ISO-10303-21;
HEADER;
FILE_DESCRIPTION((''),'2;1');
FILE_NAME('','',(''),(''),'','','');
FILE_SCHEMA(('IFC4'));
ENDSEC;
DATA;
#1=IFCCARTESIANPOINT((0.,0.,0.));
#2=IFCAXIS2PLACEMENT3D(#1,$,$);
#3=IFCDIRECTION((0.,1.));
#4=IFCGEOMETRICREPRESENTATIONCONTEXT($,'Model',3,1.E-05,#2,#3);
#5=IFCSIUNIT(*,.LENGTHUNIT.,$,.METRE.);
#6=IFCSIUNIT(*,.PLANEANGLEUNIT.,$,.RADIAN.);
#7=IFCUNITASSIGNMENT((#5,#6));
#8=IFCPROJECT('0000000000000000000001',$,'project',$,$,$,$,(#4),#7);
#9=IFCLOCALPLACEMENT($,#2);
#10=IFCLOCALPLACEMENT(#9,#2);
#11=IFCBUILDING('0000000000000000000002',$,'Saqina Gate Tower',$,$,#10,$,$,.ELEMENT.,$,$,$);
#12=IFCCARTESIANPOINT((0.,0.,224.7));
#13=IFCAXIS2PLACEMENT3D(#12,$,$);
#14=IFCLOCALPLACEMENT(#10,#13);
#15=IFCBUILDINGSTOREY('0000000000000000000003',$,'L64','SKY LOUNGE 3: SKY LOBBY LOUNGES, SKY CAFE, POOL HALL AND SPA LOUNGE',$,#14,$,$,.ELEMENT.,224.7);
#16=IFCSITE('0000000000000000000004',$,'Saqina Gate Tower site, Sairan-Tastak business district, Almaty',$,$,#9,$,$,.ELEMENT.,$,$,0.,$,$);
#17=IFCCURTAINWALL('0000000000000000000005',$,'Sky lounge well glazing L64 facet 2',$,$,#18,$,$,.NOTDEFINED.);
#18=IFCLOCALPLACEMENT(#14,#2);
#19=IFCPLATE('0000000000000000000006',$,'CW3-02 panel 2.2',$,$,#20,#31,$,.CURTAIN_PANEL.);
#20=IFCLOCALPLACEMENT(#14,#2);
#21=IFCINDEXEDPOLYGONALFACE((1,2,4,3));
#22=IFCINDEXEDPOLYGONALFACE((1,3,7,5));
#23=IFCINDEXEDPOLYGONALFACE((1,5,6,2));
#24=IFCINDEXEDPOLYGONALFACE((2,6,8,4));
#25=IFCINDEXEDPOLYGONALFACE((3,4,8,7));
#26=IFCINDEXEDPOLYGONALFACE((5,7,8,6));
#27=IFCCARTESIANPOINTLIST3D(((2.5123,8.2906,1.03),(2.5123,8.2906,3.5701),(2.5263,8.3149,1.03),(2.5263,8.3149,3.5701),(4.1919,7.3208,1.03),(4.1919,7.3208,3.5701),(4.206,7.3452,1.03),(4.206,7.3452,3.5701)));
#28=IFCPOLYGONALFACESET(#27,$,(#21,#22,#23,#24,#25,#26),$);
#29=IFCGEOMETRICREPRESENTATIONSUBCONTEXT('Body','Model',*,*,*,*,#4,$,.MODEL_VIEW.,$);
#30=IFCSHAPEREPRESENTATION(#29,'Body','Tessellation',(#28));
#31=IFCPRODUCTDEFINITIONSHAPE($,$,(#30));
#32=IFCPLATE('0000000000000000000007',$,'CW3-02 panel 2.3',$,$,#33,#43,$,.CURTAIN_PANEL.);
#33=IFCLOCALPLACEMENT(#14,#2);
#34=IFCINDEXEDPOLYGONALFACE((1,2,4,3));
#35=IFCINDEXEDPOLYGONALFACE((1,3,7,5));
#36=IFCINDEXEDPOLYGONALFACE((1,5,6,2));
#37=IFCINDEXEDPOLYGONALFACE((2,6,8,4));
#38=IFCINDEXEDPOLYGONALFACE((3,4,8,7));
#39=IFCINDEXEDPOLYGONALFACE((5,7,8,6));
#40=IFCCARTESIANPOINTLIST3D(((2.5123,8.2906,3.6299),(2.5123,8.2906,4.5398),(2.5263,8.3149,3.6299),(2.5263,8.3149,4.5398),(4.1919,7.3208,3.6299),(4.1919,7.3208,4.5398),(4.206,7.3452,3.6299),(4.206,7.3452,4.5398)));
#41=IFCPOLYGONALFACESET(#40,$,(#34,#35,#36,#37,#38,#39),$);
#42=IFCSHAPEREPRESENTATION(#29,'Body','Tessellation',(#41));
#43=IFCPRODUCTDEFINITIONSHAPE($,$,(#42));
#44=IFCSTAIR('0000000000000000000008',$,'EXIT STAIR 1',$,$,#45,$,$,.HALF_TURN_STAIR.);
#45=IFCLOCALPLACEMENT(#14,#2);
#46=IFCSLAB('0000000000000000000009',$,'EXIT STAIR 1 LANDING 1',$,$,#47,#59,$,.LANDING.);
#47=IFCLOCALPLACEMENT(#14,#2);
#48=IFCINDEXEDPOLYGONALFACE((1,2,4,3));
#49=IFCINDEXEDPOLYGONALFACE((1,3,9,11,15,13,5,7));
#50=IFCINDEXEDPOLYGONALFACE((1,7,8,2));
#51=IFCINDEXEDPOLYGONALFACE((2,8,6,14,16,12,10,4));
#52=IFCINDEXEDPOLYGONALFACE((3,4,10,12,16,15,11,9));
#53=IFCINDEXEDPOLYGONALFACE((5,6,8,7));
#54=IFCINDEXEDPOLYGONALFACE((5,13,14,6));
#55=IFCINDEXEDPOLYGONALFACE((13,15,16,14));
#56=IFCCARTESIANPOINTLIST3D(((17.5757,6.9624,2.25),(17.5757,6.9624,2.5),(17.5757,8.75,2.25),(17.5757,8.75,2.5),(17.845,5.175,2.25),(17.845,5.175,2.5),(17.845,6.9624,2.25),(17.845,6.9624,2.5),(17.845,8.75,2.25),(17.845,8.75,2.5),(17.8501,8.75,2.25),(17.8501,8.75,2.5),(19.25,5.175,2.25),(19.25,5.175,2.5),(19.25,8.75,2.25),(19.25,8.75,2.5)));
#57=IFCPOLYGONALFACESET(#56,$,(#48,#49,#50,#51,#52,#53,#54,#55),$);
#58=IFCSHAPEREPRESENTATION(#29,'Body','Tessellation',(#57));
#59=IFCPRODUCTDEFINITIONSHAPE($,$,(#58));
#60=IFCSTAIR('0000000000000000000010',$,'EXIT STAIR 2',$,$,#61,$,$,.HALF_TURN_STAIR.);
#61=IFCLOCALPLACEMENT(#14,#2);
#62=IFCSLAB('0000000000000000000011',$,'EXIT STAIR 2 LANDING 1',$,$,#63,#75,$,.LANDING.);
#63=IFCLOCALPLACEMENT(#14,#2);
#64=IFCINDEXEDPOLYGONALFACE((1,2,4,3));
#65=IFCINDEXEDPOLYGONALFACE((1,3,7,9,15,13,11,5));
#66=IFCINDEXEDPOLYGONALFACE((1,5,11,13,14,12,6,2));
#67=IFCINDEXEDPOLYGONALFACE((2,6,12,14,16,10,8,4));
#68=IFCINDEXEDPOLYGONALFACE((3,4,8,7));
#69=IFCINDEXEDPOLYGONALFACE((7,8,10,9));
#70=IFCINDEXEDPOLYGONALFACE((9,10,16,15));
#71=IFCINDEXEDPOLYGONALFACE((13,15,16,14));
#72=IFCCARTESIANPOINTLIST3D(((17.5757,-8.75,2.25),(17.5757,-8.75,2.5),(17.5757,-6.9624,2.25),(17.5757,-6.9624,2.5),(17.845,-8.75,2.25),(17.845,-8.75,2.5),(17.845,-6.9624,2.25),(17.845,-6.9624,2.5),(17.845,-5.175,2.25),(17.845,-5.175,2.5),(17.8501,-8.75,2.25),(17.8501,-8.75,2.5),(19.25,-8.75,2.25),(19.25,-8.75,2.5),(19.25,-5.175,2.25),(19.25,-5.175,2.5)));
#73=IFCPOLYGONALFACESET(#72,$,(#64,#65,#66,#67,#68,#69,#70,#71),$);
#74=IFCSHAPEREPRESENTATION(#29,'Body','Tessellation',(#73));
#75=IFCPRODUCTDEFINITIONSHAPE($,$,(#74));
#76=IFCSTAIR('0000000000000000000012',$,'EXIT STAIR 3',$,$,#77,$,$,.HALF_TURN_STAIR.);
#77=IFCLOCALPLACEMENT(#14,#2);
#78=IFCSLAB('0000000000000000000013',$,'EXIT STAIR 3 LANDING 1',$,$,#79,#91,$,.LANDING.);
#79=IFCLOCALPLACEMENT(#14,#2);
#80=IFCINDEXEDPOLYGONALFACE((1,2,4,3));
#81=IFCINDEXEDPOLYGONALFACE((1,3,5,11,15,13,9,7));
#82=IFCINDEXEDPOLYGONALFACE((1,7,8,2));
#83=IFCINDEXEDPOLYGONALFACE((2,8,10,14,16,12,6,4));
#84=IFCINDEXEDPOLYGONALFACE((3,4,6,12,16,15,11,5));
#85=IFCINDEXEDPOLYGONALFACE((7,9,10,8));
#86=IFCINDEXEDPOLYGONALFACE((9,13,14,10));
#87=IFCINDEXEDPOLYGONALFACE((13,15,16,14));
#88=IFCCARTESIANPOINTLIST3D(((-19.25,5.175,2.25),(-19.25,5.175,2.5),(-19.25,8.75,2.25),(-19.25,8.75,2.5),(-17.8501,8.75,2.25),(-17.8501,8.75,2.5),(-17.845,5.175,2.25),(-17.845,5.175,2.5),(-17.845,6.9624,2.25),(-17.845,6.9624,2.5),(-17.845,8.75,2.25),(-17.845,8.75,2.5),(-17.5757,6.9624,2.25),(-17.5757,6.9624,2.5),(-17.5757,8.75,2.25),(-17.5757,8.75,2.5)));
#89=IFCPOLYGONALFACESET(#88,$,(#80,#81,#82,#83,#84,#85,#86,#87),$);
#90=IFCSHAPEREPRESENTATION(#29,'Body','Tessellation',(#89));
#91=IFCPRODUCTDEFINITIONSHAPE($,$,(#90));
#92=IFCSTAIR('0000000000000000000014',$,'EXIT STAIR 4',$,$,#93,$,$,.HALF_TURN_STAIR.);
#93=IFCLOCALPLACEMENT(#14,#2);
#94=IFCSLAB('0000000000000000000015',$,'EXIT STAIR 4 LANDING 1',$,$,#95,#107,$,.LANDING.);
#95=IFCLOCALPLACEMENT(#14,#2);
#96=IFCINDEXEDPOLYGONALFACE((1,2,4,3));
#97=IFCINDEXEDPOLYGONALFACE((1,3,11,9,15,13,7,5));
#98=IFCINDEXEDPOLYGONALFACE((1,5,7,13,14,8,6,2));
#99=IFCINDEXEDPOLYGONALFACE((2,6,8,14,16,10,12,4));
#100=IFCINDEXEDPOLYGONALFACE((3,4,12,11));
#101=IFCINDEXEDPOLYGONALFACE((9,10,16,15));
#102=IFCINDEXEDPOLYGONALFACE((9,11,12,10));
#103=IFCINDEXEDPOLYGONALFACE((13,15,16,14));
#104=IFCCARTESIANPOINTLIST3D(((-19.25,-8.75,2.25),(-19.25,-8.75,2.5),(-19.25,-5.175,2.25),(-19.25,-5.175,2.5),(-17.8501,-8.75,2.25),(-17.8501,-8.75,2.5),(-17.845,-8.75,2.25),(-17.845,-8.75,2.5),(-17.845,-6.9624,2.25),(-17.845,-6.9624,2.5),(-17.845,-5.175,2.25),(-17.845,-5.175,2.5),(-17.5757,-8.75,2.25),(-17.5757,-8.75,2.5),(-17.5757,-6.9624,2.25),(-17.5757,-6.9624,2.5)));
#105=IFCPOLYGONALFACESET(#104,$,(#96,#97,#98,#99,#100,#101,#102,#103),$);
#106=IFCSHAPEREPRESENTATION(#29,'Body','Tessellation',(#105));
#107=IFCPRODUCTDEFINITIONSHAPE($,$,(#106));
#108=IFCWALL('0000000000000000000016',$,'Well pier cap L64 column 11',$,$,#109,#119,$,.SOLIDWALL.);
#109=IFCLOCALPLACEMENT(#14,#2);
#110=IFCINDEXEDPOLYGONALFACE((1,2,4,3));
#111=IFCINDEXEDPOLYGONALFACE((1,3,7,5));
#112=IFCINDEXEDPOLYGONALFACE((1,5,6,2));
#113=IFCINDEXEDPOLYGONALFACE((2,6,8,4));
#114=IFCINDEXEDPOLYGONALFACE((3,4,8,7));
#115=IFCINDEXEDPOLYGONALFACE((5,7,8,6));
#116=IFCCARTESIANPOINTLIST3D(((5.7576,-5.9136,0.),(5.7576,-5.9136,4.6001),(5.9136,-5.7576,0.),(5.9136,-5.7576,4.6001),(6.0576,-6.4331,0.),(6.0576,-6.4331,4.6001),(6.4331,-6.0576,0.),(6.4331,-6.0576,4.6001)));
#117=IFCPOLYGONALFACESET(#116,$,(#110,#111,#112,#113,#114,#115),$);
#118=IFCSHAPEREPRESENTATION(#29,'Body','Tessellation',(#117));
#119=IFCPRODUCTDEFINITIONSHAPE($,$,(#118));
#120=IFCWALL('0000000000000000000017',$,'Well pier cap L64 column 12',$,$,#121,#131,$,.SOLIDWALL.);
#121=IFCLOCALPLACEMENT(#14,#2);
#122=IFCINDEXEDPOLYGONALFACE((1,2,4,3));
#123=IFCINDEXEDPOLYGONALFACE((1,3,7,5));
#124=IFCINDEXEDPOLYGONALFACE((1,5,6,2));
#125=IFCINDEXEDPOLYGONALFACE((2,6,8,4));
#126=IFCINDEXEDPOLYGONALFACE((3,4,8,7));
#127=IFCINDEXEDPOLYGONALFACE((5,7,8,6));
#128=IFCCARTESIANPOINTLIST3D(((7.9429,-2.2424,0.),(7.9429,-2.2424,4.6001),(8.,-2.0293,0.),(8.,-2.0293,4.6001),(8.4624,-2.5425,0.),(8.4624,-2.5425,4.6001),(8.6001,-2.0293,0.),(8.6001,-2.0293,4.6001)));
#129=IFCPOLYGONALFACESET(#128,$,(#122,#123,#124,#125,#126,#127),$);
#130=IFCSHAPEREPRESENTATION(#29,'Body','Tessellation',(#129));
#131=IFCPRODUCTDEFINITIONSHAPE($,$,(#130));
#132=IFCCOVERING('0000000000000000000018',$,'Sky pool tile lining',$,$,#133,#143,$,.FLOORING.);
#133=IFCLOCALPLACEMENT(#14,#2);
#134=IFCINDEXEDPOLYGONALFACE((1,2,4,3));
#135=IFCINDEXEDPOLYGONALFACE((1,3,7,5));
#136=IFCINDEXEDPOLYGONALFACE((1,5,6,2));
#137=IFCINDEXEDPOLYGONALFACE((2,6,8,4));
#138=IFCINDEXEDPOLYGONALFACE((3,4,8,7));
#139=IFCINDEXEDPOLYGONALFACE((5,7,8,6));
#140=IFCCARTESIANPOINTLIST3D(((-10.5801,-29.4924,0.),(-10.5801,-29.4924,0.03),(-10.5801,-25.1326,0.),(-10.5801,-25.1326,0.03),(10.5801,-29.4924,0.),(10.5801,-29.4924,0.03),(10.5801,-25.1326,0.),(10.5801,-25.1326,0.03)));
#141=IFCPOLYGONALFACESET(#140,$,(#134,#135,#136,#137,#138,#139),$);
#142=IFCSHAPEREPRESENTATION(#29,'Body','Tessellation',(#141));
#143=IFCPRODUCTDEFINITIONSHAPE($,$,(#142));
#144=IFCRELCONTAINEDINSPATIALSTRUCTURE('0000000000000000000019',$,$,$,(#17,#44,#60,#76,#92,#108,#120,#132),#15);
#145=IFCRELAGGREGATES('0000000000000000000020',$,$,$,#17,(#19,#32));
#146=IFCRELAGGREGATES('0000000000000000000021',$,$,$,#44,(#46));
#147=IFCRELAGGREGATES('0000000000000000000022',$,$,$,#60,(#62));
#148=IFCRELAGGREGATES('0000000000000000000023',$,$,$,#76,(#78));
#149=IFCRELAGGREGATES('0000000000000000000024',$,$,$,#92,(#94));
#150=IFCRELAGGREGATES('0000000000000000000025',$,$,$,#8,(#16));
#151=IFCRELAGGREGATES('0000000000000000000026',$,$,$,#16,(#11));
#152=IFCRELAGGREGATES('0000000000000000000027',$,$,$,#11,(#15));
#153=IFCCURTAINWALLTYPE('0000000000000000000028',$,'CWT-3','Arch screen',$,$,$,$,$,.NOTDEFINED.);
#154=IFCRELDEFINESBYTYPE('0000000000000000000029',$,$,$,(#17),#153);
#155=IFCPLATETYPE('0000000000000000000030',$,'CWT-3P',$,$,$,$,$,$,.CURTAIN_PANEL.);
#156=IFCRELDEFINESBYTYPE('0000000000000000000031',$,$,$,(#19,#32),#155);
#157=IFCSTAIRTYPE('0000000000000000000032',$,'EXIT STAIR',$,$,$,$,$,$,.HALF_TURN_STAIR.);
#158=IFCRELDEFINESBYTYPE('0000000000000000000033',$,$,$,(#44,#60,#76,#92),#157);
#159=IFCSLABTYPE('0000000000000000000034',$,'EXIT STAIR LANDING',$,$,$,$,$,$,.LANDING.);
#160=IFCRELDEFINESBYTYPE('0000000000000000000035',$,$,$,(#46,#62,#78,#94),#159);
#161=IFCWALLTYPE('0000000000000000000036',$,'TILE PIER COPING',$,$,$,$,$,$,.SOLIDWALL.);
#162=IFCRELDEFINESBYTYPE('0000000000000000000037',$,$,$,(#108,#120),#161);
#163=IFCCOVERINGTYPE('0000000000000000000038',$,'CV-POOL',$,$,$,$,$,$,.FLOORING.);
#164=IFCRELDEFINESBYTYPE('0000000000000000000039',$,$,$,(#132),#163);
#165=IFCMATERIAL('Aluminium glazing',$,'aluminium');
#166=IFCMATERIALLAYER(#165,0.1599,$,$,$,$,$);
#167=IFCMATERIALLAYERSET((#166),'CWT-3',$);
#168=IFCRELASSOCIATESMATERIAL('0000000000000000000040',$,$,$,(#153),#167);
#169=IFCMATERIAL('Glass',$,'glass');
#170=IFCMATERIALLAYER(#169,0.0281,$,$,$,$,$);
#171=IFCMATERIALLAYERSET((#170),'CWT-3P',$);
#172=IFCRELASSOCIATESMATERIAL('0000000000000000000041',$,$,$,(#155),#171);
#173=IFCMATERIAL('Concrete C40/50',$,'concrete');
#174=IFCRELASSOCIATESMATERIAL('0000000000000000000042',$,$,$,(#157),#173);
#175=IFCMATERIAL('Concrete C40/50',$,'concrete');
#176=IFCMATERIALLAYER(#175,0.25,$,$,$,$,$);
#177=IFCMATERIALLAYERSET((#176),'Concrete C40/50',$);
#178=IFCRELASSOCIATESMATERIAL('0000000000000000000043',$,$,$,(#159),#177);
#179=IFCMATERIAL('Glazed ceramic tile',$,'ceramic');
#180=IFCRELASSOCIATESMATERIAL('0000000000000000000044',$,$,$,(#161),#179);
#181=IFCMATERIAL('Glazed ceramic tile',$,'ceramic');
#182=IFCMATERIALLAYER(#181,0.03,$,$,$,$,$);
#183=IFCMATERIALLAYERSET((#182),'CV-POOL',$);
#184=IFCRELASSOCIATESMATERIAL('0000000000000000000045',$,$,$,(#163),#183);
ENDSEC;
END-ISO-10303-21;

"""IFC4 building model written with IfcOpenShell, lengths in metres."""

from ifc_helpers import new_model, si_unit, direction, frame, origin, origin_2d, place, context, subcontext, project, spatial, polyline, rectangle, outline, extrude, material, layer, layer_set, type_object, element, aggregate, save


model = new_model("IFC4")

# Units and contexts
model_context = context("Model", 3, precision=1e-05, world=origin(), true_north=direction((0.0, 1.0)))
body_context = subcontext(model_context, "Body", "Model", "MODEL_VIEW")
ifc_project = project(units=[si_unit("LENGTHUNIT", "METRE"), si_unit("PLANEANGLEUNIT", "RADIAN")], contexts=[model_context])

# Site, building, storey
site_placement = place(None, origin())
site = spatial("IfcSite", under=ifc_project, at=site_placement, Name="Saqina Gate Tower site, Sairan-Tastak business district, Almaty", CompositionType="ELEMENT", RefElevation=0.0)
building_placement = place(site_placement, origin())
building = spatial("IfcBuilding", under=site, at=building_placement, Name="Saqina Gate Tower", CompositionType="ELEMENT")
storey_placement = place(building_placement, frame((0.0, 0.0, 224.7)))
storey = spatial("IfcBuildingStorey", under=building, at=storey_placement, Name="L64", Description="SKY LOUNGE 3: SKY LOBBY LOUNGES, SKY CAFE, POOL HALL AND SPA LOUNGE", CompositionType="ELEMENT", Elevation=224.7)

# Curtain wall
ifc_material_1 = material(Name="Aluminium glazing", Category="aluminium")
ifc_layer_1 = layer(ifc_material_1, 0.1599)
ifc_layer_set_1 = layer_set([ifc_layer_1], Name="CWT-3")
curtain_wall_type = type_object("IfcCurtainWallType", Name="CWT-3", Description="Arch screen", PredefinedType="NOTDEFINED", material=ifc_layer_set_1)
curtain_wall_1_placement = place(storey_placement, origin())
curtain_wall_1 = element("IfcCurtainWall", 1, at=curtain_wall_1_placement, inside=storey, type_object=curtain_wall_type, Name="Sky lounge well glazing L64 facet 2", PredefinedType="NOTDEFINED")

# Plates
ifc_material_2 = material(Name="Glass", Category="glass")
ifc_layer_2 = layer(ifc_material_2, 0.0281)
ifc_layer_set_2 = layer_set([ifc_layer_2], Name="CWT-3P")
plate_type = type_object("IfcPlateType", Name="CWT-3P", PredefinedType="CURTAIN_PANEL", material=ifc_layer_set_2)
plate_1_placement = place(storey_placement, frame((3.3591, 7.8179, 1.03), z_axis=(0.0, 0.0, 1.0), x_axis=(-0.866024, 0.500003, 0.0)))
plate_1 = element("IfcPlate", 2, at=plate_1_placement, type_object=plate_type, Name="CW3-02 panel 2.2", PredefinedType="CURTAIN_PANEL", context=body_context, shape_type="SweptSolid", body=[
    extrude(rectangle(XDim=1.9395, YDim=0.0281, at=origin_2d()), origin(), (0.0, 0.0, 1.0), 2.54),
])
plate_2_placement = place(storey_placement, frame((3.3591, 7.8179, 3.6299), z_axis=(0.0, 0.0, 1.0), x_axis=(-0.866024, 0.500003, 0.0)))
plate_2 = element("IfcPlate", 3, at=plate_2_placement, type_object=plate_type, Name="CW3-02 panel 2.3", PredefinedType="CURTAIN_PANEL", context=body_context, shape_type="SweptSolid", body=[
    extrude(rectangle(XDim=1.9395, YDim=0.0281, at=origin_2d()), origin(), (0.0, 0.0, 1.0), 0.9099),
])
aggregate(curtain_wall_1, [plate_1, plate_2])

# Stairs, slabs
ifc_material_3 = material(Name="Concrete C40/50", Category="concrete")
stair_type = type_object("IfcStairType", Name="EXIT STAIR", PredefinedType="HALF_TURN_STAIR", material=ifc_material_3)
stair_1_placement = place(storey_placement, origin())
stair_1 = element("IfcStair", 4, at=stair_1_placement, inside=storey, type_object=stair_type, Name="EXIT STAIR 1", PredefinedType="HALF_TURN_STAIR")
ifc_material_4 = material(Name="Concrete C40/50", Category="concrete")
ifc_layer_3 = layer(ifc_material_4, 0.25)
ifc_layer_set_3 = layer_set([ifc_layer_3], Name="Concrete C40/50")
slab_type = type_object("IfcSlabType", Name="EXIT STAIR LANDING", PredefinedType="LANDING", material=ifc_layer_set_3)
slab_1_placement = place(storey_placement, frame((0.0, 0.0, 2.25)))
slab_1 = element("IfcSlab", 5, at=slab_1_placement, type_object=slab_type, Name="EXIT STAIR 1 LANDING 1", PredefinedType="LANDING", context=body_context, shape_type="SweptSolid", body=[
    extrude(outline(polyline([(19.25, 8.75), (19.25, 5.175), (17.845, 5.175), (17.845, 6.9624), (17.5757, 6.9624), (17.5757, 8.75), (17.845, 8.75), (17.8501, 8.75), (19.25, 8.75)])), origin(), (0.0, 0.0, 1.0), 0.25),
])
aggregate(stair_1, [slab_1])
stair_2_placement = place(storey_placement, origin())
stair_2 = element("IfcStair", 6, at=stair_2_placement, inside=storey, type_object=stair_type, Name="EXIT STAIR 2", PredefinedType="HALF_TURN_STAIR")
slab_2_placement = place(storey_placement, frame((0.0, 0.0, 2.25)))
slab_2 = element("IfcSlab", 7, at=slab_2_placement, type_object=slab_type, Name="EXIT STAIR 2 LANDING 1", PredefinedType="LANDING", context=body_context, shape_type="SweptSolid", body=[
    extrude(outline(polyline([(17.5757, -8.75), (17.5757, -6.9624), (17.845, -6.9624), (17.845, -5.175), (19.25, -5.175), (19.25, -8.75), (17.8501, -8.75), (17.845, -8.75), (17.5757, -8.75)])), origin(), (0.0, 0.0, 1.0), 0.25),
])
aggregate(stair_2, [slab_2])
stair_3_placement = place(storey_placement, origin())
stair_3 = element("IfcStair", 8, at=stair_3_placement, inside=storey, type_object=stair_type, Name="EXIT STAIR 3", PredefinedType="HALF_TURN_STAIR")
slab_3_placement = place(storey_placement, frame((0.0, 0.0, 2.25)))
slab_3 = element("IfcSlab", 9, at=slab_3_placement, type_object=slab_type, Name="EXIT STAIR 3 LANDING 1", PredefinedType="LANDING", context=body_context, shape_type="SweptSolid", body=[
    extrude(outline(polyline([(-17.845, 5.175), (-19.25, 5.175), (-19.25, 8.75), (-17.8501, 8.75), (-17.845, 8.75), (-17.5757, 8.75), (-17.5757, 6.9624), (-17.845, 6.9624), (-17.845, 5.175)])), origin(), (0.0, 0.0, 1.0), 0.25),
])
aggregate(stair_3, [slab_3])
stair_4_placement = place(storey_placement, origin())
stair_4 = element("IfcStair", 10, at=stair_4_placement, inside=storey, type_object=stair_type, Name="EXIT STAIR 4", PredefinedType="HALF_TURN_STAIR")
slab_4_placement = place(storey_placement, frame((0.0, 0.0, 2.25)))
slab_4 = element("IfcSlab", 11, at=slab_4_placement, type_object=slab_type, Name="EXIT STAIR 4 LANDING 1", PredefinedType="LANDING", context=body_context, shape_type="SweptSolid", body=[
    extrude(outline(polyline([(-17.5757, -6.9624), (-17.5757, -8.75), (-17.845, -8.75), (-17.8501, -8.75), (-19.25, -8.75), (-19.25, -5.175), (-17.845, -5.175), (-17.845, -6.9624), (-17.5757, -6.9624)])), origin(), (0.0, 0.0, 1.0), 0.25),
])
aggregate(stair_4, [slab_4])

# Walls
ifc_material_5 = material(Name="Glazed ceramic tile", Category="ceramic")
wall_type = type_object("IfcWallType", Name="TILE PIER COPING", PredefinedType="SOLIDWALL", material=ifc_material_5)
wall_1_placement = place(storey_placement, origin())
element("IfcWall", 12, at=wall_1_placement, inside=storey, type_object=wall_type, Name="Well pier cap L64 column 11", PredefinedType="SOLIDWALL", context=body_context, shape_type="SweptSolid", body=[
    extrude(outline(polyline([(6.4331, -6.0576), (5.9136, -5.7576), (5.7576, -5.9136), (6.0576, -6.4331), (6.4331, -6.0576)])), origin(), (0.0, 0.0, 1.0), 4.6001),
])
wall_2_placement = place(storey_placement, origin())
element("IfcWall", 13, at=wall_2_placement, inside=storey, type_object=wall_type, Name="Well pier cap L64 column 12", PredefinedType="SOLIDWALL", context=body_context, shape_type="SweptSolid", body=[
    extrude(outline(polyline([(8.6001, -2.0293), (8.0, -2.0293), (7.9429, -2.2424), (8.4624, -2.5425), (8.6001, -2.0293)])), origin(), (0.0, 0.0, 1.0), 4.6001),
])

# Covering
ifc_material_6 = material(Name="Glazed ceramic tile", Category="ceramic")
ifc_layer_4 = layer(ifc_material_6, 0.03)
ifc_layer_set_4 = layer_set([ifc_layer_4], Name="CV-POOL")
covering_type = type_object("IfcCoveringType", Name="CV-POOL", PredefinedType="FLOORING", material=ifc_layer_set_4)
covering_placement = place(storey_placement, origin())
element("IfcCovering", 14, at=covering_placement, inside=storey, type_object=covering_type, Name="Sky pool tile lining", PredefinedType="FLOORING", context=body_context, shape_type="SweptSolid", body=[
    extrude(outline(polyline([(-10.5801, -29.4924), (10.5801, -29.4924), (10.5801, -25.1326), (-10.5801, -25.1326), (-10.5801, -29.4924)])), origin(), (0.0, 0.0, 1.0), 0.03),
])

save(model, "model.ifc")
